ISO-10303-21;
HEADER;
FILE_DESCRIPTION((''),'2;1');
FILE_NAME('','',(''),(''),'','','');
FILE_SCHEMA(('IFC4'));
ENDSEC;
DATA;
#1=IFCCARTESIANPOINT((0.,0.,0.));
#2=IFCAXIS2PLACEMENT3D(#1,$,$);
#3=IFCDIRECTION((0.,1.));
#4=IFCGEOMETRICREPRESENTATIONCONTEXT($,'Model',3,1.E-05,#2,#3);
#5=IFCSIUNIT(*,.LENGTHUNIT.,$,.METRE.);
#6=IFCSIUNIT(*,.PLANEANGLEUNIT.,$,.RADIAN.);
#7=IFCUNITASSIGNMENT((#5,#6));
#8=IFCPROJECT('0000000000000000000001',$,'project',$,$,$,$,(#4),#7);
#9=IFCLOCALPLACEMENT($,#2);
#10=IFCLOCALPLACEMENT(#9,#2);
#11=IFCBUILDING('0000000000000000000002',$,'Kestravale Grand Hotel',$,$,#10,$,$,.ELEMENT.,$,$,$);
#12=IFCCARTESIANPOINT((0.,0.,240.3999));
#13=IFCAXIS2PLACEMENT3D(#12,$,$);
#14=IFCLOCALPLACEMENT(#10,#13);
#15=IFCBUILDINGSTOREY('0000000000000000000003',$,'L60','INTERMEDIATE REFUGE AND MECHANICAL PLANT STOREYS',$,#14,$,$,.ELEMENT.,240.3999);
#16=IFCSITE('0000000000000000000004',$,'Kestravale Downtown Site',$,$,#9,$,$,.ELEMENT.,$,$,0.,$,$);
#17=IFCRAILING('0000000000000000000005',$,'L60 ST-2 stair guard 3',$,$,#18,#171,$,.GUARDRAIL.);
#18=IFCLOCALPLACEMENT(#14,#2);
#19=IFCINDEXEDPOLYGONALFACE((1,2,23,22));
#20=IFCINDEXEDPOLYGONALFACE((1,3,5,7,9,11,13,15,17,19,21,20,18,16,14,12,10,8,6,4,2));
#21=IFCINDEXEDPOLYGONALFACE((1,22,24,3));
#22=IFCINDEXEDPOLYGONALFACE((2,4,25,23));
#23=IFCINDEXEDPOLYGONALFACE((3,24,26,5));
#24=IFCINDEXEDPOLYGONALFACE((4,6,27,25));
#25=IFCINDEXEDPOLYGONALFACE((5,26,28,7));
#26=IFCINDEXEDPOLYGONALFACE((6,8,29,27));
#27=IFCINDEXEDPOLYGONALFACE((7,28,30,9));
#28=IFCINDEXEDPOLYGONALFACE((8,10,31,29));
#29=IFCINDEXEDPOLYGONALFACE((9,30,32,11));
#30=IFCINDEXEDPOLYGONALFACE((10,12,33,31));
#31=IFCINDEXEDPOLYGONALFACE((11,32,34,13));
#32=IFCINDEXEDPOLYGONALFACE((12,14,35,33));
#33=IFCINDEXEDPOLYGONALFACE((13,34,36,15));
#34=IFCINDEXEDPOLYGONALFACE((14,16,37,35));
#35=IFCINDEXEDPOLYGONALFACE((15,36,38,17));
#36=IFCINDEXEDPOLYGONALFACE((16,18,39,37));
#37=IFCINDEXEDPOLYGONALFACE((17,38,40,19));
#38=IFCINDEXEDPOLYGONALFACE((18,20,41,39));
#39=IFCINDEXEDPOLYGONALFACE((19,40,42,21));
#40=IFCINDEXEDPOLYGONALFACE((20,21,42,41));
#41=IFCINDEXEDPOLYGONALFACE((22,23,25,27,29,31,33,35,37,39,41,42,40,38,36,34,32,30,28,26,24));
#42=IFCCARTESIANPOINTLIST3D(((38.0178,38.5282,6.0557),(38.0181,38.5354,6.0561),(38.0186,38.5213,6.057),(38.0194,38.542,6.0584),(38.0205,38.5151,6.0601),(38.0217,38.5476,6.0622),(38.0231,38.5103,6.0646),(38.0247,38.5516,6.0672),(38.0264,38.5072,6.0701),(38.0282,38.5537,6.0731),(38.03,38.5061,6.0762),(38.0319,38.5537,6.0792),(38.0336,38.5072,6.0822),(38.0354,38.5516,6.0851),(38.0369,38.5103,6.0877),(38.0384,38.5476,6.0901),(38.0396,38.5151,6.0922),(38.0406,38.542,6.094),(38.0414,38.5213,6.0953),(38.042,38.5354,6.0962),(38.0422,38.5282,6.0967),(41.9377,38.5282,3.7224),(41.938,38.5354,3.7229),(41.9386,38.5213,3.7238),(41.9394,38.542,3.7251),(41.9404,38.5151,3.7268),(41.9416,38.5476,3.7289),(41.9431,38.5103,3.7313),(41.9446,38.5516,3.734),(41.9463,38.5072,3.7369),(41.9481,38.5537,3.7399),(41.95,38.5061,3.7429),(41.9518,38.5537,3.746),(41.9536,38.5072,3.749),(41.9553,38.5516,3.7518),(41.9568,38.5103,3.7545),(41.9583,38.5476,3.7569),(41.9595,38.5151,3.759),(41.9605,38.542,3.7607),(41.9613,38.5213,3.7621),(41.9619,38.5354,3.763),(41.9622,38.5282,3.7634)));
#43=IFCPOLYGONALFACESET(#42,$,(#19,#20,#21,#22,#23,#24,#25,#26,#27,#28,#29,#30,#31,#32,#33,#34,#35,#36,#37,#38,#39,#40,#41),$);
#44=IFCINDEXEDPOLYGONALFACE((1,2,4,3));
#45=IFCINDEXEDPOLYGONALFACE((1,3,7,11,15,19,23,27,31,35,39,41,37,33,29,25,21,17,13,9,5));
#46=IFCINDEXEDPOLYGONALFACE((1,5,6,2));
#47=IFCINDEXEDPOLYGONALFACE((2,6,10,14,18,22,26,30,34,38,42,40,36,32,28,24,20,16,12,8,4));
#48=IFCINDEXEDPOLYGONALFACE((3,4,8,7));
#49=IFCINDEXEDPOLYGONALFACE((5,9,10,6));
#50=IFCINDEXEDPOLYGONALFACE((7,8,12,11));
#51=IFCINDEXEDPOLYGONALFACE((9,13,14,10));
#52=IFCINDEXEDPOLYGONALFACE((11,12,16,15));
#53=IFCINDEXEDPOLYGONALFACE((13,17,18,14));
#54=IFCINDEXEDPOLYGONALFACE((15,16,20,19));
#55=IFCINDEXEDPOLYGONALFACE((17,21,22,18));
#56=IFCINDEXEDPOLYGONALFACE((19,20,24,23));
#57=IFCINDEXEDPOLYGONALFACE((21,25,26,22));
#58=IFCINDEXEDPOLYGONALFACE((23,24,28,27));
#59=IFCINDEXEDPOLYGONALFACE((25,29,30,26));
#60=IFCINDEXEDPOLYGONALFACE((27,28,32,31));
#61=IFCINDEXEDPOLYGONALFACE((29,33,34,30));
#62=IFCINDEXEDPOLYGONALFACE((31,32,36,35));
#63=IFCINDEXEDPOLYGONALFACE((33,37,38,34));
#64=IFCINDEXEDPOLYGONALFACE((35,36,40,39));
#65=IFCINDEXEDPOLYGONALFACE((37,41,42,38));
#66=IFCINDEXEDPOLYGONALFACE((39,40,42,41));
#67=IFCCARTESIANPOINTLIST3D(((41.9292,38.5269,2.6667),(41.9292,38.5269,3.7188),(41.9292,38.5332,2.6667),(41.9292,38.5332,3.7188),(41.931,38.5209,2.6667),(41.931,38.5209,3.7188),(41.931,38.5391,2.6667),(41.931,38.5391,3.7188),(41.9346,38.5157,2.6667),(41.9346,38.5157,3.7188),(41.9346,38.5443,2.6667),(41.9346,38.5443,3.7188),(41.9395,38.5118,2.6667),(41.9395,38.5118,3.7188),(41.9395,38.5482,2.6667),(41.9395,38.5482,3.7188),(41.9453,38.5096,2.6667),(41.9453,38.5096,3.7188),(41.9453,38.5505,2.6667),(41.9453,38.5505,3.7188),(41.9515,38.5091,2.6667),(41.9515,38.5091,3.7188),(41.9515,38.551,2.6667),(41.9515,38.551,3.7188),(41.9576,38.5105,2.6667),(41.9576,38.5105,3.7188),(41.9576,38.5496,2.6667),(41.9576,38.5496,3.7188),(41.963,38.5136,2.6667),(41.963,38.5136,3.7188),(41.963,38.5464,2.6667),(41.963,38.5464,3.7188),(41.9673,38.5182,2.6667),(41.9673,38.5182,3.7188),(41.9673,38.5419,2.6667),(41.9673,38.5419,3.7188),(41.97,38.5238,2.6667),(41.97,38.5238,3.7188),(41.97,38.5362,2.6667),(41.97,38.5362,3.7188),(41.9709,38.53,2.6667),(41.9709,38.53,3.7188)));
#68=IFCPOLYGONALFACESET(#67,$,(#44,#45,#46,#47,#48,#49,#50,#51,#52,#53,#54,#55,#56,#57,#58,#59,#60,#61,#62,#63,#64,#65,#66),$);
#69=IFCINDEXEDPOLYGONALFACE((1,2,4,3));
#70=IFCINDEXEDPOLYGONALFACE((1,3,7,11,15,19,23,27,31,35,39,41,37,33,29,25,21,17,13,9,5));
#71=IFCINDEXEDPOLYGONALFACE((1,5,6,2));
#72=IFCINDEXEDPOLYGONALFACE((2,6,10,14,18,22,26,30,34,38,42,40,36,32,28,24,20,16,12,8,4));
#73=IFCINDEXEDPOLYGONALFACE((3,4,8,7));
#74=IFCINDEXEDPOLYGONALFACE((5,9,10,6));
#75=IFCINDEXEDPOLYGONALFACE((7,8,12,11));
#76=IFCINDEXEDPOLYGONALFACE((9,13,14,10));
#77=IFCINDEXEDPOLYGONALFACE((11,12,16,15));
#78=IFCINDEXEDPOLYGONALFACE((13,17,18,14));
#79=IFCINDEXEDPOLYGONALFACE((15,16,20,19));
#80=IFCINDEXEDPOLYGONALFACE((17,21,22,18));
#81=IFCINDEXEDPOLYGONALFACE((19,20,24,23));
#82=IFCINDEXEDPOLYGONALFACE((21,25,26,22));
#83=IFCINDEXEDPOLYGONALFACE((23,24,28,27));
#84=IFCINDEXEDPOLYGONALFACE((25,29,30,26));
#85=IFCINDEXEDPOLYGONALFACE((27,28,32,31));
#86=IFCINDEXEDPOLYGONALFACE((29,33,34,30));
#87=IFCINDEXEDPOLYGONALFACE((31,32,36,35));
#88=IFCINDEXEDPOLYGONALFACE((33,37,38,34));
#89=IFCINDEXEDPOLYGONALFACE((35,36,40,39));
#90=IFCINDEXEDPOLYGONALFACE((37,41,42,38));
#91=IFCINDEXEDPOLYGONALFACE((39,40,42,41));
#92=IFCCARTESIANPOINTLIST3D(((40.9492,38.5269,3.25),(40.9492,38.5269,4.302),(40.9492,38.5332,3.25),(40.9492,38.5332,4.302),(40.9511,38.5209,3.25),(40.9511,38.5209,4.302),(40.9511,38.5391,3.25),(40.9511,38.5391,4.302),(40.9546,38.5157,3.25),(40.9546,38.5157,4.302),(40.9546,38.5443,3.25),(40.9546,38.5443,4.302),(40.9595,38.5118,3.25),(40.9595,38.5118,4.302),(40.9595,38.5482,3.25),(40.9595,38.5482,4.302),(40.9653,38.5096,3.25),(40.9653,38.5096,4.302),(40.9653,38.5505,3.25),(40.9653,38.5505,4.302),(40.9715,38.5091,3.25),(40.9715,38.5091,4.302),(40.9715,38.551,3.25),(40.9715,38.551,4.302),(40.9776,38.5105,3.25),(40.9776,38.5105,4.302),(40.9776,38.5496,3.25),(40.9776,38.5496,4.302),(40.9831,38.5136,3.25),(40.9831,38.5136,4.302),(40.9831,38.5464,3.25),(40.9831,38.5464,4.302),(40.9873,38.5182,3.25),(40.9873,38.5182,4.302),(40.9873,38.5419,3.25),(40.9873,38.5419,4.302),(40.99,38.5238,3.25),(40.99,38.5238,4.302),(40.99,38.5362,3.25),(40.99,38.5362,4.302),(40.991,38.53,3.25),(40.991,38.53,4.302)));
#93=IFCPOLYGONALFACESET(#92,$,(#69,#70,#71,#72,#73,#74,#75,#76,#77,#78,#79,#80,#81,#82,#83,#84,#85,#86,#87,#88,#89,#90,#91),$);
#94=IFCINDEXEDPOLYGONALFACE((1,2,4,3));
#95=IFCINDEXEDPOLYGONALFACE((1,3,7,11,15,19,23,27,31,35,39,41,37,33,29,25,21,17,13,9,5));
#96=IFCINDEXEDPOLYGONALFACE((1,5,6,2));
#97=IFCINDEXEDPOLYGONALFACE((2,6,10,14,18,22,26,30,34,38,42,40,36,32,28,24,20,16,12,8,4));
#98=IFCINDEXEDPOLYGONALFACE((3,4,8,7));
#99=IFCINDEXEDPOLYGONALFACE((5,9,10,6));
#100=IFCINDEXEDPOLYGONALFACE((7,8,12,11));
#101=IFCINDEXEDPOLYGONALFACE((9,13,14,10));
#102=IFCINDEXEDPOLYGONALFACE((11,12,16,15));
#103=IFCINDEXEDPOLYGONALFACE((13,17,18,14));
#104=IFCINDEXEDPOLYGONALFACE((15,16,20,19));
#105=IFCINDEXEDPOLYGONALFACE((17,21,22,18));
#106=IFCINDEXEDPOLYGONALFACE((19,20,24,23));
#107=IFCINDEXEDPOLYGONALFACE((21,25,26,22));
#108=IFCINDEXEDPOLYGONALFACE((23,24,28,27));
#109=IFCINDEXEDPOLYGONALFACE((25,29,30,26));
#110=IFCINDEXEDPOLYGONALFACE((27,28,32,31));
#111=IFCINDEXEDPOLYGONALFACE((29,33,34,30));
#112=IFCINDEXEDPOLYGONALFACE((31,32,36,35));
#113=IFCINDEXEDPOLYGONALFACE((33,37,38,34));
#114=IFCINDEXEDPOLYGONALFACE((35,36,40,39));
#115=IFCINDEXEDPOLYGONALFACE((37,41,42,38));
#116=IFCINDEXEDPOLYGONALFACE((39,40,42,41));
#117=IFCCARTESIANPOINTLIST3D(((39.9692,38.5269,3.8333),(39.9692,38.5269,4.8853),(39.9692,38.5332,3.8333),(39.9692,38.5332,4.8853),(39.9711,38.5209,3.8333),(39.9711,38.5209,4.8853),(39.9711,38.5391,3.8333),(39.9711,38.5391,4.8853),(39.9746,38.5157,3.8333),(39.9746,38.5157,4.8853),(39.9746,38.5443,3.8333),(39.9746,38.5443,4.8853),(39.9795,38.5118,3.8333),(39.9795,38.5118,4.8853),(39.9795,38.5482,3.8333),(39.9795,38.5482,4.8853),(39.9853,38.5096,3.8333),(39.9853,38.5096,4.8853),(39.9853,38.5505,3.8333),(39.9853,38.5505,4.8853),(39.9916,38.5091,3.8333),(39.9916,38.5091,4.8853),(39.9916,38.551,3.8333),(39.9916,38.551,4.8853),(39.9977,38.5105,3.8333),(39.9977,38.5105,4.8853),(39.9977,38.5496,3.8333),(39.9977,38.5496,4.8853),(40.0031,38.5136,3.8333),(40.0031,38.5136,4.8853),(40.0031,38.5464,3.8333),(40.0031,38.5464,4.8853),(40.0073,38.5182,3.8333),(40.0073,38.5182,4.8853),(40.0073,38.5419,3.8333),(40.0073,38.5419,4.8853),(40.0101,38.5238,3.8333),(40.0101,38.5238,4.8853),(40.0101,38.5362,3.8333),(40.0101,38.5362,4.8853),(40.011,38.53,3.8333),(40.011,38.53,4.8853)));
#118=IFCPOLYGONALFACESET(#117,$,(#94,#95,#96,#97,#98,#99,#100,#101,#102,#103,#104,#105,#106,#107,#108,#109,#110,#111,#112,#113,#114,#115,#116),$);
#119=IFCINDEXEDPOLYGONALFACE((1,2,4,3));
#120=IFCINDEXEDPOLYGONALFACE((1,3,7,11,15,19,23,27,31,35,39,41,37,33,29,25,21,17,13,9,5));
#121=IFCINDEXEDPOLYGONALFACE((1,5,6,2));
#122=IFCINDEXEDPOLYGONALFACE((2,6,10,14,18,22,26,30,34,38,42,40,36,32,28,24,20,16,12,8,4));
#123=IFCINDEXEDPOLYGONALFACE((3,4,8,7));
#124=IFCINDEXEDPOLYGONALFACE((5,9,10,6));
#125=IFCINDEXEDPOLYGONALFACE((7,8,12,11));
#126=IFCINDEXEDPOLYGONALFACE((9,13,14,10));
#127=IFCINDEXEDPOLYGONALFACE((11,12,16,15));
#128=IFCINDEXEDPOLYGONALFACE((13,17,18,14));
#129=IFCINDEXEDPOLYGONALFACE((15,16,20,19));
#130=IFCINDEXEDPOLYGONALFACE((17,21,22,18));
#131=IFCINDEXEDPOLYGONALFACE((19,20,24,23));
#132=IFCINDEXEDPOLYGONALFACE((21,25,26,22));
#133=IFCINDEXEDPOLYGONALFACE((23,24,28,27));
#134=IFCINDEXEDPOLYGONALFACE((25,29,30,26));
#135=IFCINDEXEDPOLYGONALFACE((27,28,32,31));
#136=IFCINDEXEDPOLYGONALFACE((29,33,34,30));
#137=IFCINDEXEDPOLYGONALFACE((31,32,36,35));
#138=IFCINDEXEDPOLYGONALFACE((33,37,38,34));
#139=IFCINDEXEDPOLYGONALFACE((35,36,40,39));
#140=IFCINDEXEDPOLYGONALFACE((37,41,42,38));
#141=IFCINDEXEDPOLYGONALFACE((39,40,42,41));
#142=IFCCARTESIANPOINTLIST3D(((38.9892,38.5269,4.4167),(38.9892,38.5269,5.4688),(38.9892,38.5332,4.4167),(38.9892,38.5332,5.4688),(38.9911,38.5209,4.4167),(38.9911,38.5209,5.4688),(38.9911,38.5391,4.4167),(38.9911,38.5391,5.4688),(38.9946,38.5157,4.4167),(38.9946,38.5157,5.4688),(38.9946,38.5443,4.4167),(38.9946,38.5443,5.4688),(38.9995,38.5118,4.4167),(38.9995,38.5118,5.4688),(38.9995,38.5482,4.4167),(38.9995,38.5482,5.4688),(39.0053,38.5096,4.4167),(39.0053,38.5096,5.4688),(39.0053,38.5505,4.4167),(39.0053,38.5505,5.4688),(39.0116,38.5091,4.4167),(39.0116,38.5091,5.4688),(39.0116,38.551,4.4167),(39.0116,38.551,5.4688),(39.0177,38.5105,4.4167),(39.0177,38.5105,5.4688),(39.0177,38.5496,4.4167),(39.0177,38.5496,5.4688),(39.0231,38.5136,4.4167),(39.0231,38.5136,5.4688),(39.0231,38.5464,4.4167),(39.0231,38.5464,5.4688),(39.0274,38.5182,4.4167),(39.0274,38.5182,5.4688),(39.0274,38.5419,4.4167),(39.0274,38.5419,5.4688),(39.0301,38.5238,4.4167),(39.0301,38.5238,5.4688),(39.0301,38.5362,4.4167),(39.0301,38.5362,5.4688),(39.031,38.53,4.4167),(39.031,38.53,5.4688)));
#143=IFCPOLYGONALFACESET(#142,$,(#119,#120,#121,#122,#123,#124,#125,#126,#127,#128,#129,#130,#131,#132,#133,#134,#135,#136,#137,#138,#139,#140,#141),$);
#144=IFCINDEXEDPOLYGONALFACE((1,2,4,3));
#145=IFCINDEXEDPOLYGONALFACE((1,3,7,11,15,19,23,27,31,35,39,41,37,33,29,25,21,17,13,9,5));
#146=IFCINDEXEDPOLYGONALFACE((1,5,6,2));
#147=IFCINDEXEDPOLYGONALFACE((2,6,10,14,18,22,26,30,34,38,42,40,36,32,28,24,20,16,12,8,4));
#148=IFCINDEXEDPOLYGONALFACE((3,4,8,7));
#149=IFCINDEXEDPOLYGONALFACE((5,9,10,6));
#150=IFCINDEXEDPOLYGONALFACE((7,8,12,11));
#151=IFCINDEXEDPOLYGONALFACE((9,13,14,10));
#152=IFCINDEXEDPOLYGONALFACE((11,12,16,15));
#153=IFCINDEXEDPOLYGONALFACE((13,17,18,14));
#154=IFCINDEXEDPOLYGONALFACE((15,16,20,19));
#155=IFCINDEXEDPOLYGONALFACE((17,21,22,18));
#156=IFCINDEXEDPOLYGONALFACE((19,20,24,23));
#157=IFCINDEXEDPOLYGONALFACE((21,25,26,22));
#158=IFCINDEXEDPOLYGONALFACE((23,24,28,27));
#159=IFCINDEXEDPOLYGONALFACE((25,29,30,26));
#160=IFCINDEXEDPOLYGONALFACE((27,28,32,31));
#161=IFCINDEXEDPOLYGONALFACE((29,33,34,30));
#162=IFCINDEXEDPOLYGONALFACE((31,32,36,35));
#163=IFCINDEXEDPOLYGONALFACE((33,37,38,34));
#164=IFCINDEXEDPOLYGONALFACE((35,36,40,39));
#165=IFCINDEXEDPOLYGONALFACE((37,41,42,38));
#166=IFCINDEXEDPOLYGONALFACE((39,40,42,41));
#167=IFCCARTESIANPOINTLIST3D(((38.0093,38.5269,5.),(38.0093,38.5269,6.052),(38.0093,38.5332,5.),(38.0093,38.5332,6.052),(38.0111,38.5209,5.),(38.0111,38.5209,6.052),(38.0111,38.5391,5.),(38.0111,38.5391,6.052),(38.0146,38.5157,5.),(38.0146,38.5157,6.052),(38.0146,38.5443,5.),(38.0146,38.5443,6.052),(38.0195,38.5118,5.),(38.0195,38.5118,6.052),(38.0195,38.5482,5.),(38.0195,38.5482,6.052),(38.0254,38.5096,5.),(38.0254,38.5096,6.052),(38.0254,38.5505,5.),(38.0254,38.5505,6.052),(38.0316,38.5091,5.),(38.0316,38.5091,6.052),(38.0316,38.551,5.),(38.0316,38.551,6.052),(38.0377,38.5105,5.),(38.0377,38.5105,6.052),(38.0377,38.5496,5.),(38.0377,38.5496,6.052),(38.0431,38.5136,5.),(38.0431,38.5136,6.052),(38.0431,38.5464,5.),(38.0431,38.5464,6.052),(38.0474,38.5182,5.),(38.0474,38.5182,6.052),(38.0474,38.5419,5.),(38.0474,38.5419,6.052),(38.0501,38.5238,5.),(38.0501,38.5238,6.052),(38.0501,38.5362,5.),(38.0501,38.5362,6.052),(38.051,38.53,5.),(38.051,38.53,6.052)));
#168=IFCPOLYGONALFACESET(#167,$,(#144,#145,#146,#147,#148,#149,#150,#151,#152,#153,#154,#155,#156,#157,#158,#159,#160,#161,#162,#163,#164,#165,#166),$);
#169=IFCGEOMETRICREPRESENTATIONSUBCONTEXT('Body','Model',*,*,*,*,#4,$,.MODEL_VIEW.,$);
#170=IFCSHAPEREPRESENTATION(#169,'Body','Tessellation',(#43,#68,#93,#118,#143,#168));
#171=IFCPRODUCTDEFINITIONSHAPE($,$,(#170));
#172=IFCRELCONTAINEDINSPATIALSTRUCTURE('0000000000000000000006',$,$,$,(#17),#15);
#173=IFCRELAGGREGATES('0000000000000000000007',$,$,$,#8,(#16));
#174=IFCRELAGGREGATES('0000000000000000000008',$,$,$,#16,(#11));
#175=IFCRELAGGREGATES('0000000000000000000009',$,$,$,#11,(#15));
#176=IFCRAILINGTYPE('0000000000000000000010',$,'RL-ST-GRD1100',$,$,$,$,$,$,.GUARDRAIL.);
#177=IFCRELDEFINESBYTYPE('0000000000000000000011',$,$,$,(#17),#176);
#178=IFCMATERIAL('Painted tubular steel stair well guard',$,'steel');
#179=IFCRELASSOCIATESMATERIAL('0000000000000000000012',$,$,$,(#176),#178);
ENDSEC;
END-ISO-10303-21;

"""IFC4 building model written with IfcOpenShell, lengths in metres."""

from ifc_helpers import new_model, si_unit, direction, frame, origin, origin_2d, place, context, subcontext, project, spatial, circle, extrude, material, type_object, element, save


model = new_model("IFC4")

# Units and contexts
model_context = context("Model", 3, precision=1e-05, world=origin(), true_north=direction((0.0, 1.0)))
body_context = subcontext(model_context, "Body", "Model", "MODEL_VIEW")
ifc_project = project(units=[si_unit("LENGTHUNIT", "METRE"), si_unit("PLANEANGLEUNIT", "RADIAN")], contexts=[model_context])

# Site, building, storey
site_placement = place(None, origin())
site = spatial("IfcSite", under=ifc_project, at=site_placement, Name="Kestravale Downtown Site", CompositionType="ELEMENT", RefElevation=0.0)
building_placement = place(site_placement, origin())
building = spatial("IfcBuilding", under=site, at=building_placement, Name="Kestravale Grand Hotel", CompositionType="ELEMENT")
storey_placement = place(building_placement, frame((0.0, 0.0, 240.3999)))
storey = spatial("IfcBuildingStorey", under=building, at=storey_placement, Name="L60", Description="INTERMEDIATE REFUGE AND MECHANICAL PLANT STOREYS", CompositionType="ELEMENT", Elevation=240.3999)

# Railing
ifc_material_1 = material(Name="Painted tubular steel stair well guard", Category="steel")
railing_type_1 = type_object("IfcRailingType", Name="RL-ST-GRD1100", PredefinedType="GUARDRAIL", material=ifc_material_1)
railing_1_placement = place(storey_placement, frame((41.95, 38.53, 2.6667)))
element("IfcRailing", 1, at=railing_1_placement, inside=storey, type_object=railing_type_1, Name="L60 ST-2 stair guard 3", PredefinedType="GUARDRAIL", context=body_context, shape_type="SweptSolid", body=[
    extrude(circle(Radius=0.0239, at=origin_2d()), frame((0.0, 0.0, 1.0762), z_axis=(-0.859296, 0.0, 0.511478), x_axis=(0.0, -1.0, 0.0)), (0.0, 0.0, 1.0), 4.5618),
    extrude(circle(Radius=0.021, at=origin_2d()), origin(), (0.0, 0.0, 1.0), 1.052),
    extrude(circle(Radius=0.021, at=origin_2d()), frame((-0.98, 0.0, 0.5833)), (0.0, 0.0, 1.0), 1.052),
    extrude(circle(Radius=0.021, at=origin_2d()), frame((-1.96, 0.0, 1.1665)), (0.0, 0.0, 1.0), 1.052),
    extrude(circle(Radius=0.021, at=origin_2d()), frame((-2.9399, 0.0, 1.75)), (0.0, 0.0, 1.0), 1.052),
    extrude(circle(Radius=0.021, at=origin_2d()), frame((-3.9199, 0.0, 2.3333)), (0.0, 0.0, 1.0), 1.052),
])

save(model, "model.ifc")
